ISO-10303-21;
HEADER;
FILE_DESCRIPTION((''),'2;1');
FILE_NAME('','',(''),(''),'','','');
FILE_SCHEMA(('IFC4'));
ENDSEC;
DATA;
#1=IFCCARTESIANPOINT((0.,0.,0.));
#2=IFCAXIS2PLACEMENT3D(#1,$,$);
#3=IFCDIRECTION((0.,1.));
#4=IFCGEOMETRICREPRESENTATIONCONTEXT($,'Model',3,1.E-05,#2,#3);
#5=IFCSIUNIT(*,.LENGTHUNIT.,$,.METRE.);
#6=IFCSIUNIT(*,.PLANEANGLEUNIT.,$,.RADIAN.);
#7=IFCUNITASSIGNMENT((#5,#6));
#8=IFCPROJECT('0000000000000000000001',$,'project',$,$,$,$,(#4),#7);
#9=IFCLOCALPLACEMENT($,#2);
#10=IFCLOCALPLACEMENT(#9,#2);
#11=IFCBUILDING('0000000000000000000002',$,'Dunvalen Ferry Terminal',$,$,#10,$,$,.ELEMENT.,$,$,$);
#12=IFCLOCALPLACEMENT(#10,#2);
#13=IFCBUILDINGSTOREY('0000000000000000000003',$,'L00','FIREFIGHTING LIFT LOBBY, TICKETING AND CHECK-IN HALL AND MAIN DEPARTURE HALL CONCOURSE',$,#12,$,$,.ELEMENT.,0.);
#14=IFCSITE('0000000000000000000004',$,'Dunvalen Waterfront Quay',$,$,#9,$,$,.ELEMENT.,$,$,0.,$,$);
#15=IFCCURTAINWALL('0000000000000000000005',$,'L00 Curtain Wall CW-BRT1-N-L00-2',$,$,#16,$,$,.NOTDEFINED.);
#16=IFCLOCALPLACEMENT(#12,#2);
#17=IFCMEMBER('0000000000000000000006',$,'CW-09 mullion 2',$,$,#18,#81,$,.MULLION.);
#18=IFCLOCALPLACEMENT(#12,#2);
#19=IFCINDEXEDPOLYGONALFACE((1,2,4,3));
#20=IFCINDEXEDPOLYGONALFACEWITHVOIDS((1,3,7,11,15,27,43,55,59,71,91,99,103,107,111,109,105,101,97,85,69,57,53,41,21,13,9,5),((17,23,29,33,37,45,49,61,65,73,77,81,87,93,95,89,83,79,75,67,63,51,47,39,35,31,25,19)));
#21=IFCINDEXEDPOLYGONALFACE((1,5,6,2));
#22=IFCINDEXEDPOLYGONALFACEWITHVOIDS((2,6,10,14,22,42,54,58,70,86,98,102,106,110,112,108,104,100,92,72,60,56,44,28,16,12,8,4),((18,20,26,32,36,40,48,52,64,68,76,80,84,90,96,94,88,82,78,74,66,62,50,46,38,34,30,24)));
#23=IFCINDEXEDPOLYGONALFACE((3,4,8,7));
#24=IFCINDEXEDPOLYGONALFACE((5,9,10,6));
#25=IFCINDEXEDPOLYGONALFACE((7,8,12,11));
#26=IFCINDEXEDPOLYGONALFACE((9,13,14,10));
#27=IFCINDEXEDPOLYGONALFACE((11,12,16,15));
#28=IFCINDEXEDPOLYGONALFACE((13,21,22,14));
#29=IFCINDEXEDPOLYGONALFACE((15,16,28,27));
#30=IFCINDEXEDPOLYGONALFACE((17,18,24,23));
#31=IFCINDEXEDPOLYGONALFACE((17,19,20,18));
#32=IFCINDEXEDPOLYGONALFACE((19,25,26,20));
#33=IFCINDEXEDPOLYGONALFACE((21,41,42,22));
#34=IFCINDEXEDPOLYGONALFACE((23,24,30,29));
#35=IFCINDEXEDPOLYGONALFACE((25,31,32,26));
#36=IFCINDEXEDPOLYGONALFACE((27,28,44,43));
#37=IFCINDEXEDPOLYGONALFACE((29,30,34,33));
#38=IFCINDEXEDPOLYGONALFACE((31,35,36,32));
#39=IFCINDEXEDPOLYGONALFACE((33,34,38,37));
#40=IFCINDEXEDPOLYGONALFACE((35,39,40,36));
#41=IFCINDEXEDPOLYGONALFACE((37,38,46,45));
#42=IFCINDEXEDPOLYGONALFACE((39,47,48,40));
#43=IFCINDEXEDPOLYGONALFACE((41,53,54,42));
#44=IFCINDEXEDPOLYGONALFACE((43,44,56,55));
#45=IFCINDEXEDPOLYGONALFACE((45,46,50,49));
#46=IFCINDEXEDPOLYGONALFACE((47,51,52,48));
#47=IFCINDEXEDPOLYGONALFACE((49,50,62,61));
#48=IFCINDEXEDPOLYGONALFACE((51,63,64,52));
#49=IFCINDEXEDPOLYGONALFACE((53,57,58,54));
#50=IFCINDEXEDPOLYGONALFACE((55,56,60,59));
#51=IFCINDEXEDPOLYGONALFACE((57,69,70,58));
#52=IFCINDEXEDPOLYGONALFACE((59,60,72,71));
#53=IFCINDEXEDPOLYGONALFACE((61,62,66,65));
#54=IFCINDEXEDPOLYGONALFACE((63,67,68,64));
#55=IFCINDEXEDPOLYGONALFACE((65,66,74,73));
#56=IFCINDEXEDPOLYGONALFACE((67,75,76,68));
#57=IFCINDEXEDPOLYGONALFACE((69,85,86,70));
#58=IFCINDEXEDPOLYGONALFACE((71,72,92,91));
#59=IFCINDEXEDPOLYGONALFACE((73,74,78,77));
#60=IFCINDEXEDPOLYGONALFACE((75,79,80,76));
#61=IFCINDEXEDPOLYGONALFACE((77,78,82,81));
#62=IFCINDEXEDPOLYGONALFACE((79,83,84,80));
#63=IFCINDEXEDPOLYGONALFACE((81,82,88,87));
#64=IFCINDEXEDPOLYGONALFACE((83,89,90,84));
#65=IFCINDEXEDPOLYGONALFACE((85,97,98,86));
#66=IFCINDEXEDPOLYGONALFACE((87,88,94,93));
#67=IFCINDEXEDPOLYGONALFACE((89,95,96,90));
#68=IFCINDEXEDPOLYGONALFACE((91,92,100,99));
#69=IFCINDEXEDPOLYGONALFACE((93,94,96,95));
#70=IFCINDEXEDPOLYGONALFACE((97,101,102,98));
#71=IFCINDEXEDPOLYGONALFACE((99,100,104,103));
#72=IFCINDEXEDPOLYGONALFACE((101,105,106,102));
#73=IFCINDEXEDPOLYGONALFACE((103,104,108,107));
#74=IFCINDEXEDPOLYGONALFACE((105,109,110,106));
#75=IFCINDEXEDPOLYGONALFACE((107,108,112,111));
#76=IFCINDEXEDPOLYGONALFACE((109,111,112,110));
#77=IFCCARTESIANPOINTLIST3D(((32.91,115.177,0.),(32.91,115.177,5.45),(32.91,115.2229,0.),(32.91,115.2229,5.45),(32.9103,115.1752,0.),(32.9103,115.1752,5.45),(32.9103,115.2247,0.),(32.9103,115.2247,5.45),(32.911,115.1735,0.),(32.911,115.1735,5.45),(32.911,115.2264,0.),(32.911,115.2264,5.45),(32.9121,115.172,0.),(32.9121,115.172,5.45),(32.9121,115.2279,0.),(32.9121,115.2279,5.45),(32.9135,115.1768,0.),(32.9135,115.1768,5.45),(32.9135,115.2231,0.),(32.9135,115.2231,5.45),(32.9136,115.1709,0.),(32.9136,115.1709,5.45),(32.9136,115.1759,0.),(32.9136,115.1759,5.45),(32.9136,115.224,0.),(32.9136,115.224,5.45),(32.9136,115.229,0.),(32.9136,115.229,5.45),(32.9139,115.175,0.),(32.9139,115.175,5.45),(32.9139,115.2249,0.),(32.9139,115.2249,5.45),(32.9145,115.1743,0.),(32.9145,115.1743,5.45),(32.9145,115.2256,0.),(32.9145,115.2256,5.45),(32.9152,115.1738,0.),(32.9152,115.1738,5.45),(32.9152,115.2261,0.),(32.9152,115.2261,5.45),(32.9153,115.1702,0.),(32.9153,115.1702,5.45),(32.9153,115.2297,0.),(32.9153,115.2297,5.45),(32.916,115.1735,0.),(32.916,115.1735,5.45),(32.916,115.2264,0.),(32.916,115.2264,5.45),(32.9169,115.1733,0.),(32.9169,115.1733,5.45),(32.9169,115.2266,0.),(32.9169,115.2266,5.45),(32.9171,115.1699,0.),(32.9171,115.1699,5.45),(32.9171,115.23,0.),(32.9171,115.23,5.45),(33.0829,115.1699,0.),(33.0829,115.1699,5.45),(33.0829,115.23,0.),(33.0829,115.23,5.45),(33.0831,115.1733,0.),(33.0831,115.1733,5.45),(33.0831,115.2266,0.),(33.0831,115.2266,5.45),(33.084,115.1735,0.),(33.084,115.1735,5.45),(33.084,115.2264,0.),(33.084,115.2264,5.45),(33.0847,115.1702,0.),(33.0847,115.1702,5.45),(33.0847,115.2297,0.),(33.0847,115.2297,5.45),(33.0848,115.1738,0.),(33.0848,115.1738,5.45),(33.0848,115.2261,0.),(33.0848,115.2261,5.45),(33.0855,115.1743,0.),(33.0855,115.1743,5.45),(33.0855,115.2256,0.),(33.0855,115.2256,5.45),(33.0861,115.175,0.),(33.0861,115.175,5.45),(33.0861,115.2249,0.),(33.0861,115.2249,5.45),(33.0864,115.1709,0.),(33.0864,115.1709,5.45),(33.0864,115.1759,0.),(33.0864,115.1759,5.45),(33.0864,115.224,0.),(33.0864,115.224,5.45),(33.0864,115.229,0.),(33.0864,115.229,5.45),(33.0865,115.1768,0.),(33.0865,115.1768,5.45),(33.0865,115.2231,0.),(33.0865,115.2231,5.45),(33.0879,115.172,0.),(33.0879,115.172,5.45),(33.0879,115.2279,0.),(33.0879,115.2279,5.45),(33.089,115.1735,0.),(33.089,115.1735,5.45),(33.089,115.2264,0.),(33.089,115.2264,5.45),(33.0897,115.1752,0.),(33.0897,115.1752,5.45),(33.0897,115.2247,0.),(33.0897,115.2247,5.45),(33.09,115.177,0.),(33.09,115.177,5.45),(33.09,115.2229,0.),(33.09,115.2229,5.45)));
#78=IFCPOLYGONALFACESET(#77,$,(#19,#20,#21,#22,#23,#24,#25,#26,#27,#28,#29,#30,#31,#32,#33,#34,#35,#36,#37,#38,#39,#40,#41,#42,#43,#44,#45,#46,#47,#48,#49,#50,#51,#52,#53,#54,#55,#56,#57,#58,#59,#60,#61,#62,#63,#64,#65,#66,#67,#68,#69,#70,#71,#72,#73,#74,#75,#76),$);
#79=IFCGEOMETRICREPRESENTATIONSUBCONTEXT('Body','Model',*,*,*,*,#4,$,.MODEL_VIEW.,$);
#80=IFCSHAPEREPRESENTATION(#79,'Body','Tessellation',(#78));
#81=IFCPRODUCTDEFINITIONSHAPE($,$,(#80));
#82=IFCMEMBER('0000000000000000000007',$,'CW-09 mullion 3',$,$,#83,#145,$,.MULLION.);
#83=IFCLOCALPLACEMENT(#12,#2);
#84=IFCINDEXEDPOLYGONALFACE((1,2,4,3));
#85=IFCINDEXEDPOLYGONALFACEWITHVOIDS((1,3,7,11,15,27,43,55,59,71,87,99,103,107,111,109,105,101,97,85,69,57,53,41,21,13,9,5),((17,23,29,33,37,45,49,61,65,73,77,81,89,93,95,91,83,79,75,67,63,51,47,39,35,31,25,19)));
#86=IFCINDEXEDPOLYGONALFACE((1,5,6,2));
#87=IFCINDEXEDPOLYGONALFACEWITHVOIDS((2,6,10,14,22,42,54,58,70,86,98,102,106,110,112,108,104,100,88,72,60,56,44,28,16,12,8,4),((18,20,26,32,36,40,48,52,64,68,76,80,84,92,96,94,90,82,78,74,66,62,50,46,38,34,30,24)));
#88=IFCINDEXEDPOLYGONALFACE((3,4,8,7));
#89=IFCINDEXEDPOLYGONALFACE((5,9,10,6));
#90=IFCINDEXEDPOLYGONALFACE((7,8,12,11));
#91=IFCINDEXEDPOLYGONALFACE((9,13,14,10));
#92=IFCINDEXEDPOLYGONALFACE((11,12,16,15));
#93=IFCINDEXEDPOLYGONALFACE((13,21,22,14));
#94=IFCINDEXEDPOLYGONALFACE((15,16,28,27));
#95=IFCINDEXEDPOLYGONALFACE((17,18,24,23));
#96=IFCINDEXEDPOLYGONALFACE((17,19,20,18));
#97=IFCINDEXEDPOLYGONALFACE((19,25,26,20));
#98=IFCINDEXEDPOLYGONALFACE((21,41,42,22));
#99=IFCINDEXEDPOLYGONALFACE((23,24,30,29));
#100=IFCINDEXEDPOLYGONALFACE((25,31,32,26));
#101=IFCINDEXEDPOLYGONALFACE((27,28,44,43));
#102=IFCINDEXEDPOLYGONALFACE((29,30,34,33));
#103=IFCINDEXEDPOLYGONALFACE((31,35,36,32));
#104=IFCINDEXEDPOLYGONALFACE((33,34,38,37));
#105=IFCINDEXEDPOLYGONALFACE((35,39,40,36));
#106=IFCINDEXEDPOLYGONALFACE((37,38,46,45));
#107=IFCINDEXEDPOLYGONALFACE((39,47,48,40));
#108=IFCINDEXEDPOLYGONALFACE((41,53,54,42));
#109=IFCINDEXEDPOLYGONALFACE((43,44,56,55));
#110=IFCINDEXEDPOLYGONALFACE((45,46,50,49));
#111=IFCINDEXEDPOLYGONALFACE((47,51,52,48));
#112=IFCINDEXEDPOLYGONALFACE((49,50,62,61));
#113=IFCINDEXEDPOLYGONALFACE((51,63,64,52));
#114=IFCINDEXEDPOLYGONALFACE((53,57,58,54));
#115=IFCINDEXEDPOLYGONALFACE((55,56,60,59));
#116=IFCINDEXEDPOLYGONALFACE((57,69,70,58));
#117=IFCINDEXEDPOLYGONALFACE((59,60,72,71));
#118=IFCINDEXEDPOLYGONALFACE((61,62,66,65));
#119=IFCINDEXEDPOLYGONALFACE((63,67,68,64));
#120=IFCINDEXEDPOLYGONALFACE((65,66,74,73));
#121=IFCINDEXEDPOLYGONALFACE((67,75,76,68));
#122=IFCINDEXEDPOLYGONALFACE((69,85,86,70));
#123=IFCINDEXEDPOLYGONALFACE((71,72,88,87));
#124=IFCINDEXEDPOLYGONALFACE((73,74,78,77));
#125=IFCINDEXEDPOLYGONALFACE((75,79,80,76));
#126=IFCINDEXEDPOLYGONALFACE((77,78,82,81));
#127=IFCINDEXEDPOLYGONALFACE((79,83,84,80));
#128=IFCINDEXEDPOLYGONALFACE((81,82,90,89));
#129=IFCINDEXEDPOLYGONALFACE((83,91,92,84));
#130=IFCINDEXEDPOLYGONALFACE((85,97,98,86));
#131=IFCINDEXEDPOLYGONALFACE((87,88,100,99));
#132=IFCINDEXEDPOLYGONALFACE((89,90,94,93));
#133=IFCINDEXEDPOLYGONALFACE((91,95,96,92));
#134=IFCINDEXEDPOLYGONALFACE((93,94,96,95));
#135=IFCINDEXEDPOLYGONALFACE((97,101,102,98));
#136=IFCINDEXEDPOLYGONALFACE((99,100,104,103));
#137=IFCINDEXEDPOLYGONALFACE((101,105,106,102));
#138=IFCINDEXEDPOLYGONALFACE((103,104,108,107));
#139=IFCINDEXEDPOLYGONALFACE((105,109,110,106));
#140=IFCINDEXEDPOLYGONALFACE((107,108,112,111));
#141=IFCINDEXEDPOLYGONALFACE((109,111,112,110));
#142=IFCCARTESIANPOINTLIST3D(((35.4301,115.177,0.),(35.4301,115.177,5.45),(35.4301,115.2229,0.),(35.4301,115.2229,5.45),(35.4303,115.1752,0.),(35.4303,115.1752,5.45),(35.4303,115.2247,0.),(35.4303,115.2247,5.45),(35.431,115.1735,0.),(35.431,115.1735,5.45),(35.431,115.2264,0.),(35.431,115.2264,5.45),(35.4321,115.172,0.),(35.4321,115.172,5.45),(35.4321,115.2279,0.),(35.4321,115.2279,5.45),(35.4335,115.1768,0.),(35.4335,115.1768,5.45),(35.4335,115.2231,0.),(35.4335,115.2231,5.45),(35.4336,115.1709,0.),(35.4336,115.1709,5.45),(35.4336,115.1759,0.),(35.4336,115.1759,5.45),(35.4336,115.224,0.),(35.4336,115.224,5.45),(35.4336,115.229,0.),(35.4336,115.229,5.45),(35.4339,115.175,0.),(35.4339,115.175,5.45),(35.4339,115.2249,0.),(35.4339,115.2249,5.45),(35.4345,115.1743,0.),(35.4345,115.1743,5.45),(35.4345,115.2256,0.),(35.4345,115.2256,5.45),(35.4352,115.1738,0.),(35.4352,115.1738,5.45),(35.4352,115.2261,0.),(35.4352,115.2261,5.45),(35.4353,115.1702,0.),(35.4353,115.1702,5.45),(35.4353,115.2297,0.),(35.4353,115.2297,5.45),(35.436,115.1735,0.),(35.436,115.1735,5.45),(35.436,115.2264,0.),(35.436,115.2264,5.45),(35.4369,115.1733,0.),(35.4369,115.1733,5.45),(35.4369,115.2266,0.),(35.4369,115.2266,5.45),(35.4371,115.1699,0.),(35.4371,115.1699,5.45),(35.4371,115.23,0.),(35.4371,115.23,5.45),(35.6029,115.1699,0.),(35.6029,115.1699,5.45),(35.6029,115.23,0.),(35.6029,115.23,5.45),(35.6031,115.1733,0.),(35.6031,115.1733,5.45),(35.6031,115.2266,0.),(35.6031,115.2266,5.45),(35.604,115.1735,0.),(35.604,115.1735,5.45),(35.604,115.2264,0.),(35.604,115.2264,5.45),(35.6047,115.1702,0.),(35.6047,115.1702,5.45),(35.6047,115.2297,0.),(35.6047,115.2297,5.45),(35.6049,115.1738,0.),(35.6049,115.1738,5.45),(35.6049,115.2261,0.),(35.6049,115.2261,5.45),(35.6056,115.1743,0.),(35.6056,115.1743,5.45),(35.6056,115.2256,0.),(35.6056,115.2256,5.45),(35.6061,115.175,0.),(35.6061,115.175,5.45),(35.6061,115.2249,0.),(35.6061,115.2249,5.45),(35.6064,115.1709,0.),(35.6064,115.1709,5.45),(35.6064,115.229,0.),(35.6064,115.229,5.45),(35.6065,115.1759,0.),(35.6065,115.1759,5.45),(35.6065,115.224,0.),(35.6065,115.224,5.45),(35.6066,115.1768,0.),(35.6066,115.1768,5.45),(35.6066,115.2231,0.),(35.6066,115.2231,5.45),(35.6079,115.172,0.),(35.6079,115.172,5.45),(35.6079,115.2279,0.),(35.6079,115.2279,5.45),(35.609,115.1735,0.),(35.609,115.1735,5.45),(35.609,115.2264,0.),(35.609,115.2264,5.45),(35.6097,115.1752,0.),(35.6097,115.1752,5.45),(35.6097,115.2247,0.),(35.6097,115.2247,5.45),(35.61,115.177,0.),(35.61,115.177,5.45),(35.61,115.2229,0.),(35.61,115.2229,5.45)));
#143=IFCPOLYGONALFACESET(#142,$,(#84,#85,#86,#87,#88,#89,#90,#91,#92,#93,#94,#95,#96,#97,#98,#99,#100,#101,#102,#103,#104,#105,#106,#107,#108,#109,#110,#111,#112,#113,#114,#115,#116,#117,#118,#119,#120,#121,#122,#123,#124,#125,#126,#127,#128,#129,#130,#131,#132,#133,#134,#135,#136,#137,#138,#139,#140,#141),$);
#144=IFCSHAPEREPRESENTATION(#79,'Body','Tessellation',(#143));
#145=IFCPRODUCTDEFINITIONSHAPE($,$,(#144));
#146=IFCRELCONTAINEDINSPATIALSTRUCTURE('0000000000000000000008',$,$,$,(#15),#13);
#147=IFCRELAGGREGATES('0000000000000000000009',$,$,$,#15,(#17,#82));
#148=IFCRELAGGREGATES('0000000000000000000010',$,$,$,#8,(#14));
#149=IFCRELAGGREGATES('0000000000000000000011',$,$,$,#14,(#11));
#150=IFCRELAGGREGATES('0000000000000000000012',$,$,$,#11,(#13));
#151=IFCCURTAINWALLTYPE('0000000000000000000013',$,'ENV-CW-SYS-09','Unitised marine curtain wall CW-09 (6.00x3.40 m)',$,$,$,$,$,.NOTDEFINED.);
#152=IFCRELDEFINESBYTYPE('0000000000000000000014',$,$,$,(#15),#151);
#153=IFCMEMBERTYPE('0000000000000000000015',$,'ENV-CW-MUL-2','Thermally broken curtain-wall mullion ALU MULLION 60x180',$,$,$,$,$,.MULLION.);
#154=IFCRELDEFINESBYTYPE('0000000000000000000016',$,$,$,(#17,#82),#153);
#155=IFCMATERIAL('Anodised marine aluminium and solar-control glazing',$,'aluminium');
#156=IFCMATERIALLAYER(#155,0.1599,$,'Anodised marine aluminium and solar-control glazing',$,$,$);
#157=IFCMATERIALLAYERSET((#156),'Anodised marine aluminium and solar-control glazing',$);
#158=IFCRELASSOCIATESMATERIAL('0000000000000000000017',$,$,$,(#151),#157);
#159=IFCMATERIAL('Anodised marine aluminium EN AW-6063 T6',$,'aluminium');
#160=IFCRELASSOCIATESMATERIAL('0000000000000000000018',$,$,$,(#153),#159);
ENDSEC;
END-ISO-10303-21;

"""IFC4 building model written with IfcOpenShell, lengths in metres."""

from ifc_helpers import new_model, si_unit, direction, frame, origin, origin_2d, place, context, subcontext, project, spatial, hollow_rectangle, extrude, material, layer, layer_set, material_profile, profile_set, type_object, element, aggregate, save


model = new_model("IFC4")

# Units and contexts
model_context = context("Model", 3, precision=1e-05, world=origin(), true_north=direction((0.0, 1.0)))
body_context = subcontext(model_context, "Body", "Model", "MODEL_VIEW")
ifc_project = project(units=[si_unit("LENGTHUNIT", "METRE"), si_unit("PLANEANGLEUNIT", "RADIAN")], contexts=[model_context])

# Site, building, storey
site_placement = place(None, origin())
site = spatial("IfcSite", under=ifc_project, at=site_placement, Name="Dunvalen Waterfront Quay", CompositionType="ELEMENT", RefElevation=0.0)
building_placement = place(site_placement, origin())
building = spatial("IfcBuilding", under=site, at=building_placement, Name="Dunvalen Ferry Terminal", CompositionType="ELEMENT")
storey_placement = place(building_placement, origin())
storey = spatial("IfcBuildingStorey", under=building, at=storey_placement, Name="L00", Description="FIREFIGHTING LIFT LOBBY, TICKETING AND CHECK-IN HALL AND MAIN DEPARTURE HALL CONCOURSE", CompositionType="ELEMENT", Elevation=0.0)

# Curtain wall, members
ifc_material_1 = material(Name="Anodised marine aluminium and solar-control glazing", Category="aluminium")
ifc_layer_1 = layer(ifc_material_1, 0.1599, Name="Anodised marine aluminium and solar-control glazing")
ifc_layer_set_1 = layer_set([ifc_layer_1], Name="Anodised marine aluminium and solar-control glazing")
curtain_wall_type = type_object("IfcCurtainWallType", Name="ENV-CW-SYS-09", Description="Unitised marine curtain wall CW-09 (6.00x3.40 m)", PredefinedType="NOTDEFINED", material=ifc_layer_set_1)
curtain_wall_placement = place(storey_placement, origin())
curtain_wall = element("IfcCurtainWall", 1, at=curtain_wall_placement, inside=storey, type_object=curtain_wall_type, Name="L00 Curtain Wall CW-BRT1-N-L00-2", PredefinedType="NOTDEFINED")
ifc_material_2 = material(Name="Anodised marine aluminium EN AW-6063 T6", Category="aluminium")
ifc_material_profile_1 = material_profile(ifc_material_2, hollow_rectangle(XDim=0.0601, YDim=0.1799, WallThickness=0.0034, InnerFilletRadius=0.0034, OuterFilletRadius=0.0071, at=origin_2d()), Name="Anodised marine aluminium EN AW-6063 T6")
ifc_profile_set_1 = profile_set([ifc_material_profile_1], Name="Anodised marine aluminium EN AW-6063 T6")
member_type_1 = type_object("IfcMemberType", Name="ENV-CW-MUL-2", Description="Thermally broken curtain-wall mullion ALU MULLION 60x180", PredefinedType="MULLION", material=ifc_profile_set_1)
member_1_placement = place(storey_placement, frame((33.0, 115.2, 0.0), z_axis=(0.0, 0.0, 1.0), x_axis=(0.0, 1.0, 0.0)))
member_1 = element("IfcMember", 2, at=member_1_placement, type_object=member_type_1, Name="CW-09 mullion 2", PredefinedType="MULLION", context=body_context, shape_type="SweptSolid", body=[
    extrude(hollow_rectangle(XDim=0.0601, YDim=0.1799, WallThickness=0.0034, InnerFilletRadius=0.0034, OuterFilletRadius=0.0071, at=origin_2d()), origin(), (0.0, 0.0, 1.0), 5.45),
])
member_2_placement = place(storey_placement, frame((35.52, 115.2, 0.0), z_axis=(0.0, 0.0, 1.0), x_axis=(0.0, 1.0, 0.0)))
member_2 = element("IfcMember", 3, at=member_2_placement, type_object=member_type_1, Name="CW-09 mullion 3", PredefinedType="MULLION", context=body_context, shape_type="SweptSolid", body=[
    extrude(hollow_rectangle(XDim=0.0601, YDim=0.1799, WallThickness=0.0034, InnerFilletRadius=0.0034, OuterFilletRadius=0.0071, at=origin_2d()), origin(), (0.0, 0.0, 1.0), 5.45),
])
aggregate(curtain_wall, [member_1, member_2])

save(model, "model.ifc")
